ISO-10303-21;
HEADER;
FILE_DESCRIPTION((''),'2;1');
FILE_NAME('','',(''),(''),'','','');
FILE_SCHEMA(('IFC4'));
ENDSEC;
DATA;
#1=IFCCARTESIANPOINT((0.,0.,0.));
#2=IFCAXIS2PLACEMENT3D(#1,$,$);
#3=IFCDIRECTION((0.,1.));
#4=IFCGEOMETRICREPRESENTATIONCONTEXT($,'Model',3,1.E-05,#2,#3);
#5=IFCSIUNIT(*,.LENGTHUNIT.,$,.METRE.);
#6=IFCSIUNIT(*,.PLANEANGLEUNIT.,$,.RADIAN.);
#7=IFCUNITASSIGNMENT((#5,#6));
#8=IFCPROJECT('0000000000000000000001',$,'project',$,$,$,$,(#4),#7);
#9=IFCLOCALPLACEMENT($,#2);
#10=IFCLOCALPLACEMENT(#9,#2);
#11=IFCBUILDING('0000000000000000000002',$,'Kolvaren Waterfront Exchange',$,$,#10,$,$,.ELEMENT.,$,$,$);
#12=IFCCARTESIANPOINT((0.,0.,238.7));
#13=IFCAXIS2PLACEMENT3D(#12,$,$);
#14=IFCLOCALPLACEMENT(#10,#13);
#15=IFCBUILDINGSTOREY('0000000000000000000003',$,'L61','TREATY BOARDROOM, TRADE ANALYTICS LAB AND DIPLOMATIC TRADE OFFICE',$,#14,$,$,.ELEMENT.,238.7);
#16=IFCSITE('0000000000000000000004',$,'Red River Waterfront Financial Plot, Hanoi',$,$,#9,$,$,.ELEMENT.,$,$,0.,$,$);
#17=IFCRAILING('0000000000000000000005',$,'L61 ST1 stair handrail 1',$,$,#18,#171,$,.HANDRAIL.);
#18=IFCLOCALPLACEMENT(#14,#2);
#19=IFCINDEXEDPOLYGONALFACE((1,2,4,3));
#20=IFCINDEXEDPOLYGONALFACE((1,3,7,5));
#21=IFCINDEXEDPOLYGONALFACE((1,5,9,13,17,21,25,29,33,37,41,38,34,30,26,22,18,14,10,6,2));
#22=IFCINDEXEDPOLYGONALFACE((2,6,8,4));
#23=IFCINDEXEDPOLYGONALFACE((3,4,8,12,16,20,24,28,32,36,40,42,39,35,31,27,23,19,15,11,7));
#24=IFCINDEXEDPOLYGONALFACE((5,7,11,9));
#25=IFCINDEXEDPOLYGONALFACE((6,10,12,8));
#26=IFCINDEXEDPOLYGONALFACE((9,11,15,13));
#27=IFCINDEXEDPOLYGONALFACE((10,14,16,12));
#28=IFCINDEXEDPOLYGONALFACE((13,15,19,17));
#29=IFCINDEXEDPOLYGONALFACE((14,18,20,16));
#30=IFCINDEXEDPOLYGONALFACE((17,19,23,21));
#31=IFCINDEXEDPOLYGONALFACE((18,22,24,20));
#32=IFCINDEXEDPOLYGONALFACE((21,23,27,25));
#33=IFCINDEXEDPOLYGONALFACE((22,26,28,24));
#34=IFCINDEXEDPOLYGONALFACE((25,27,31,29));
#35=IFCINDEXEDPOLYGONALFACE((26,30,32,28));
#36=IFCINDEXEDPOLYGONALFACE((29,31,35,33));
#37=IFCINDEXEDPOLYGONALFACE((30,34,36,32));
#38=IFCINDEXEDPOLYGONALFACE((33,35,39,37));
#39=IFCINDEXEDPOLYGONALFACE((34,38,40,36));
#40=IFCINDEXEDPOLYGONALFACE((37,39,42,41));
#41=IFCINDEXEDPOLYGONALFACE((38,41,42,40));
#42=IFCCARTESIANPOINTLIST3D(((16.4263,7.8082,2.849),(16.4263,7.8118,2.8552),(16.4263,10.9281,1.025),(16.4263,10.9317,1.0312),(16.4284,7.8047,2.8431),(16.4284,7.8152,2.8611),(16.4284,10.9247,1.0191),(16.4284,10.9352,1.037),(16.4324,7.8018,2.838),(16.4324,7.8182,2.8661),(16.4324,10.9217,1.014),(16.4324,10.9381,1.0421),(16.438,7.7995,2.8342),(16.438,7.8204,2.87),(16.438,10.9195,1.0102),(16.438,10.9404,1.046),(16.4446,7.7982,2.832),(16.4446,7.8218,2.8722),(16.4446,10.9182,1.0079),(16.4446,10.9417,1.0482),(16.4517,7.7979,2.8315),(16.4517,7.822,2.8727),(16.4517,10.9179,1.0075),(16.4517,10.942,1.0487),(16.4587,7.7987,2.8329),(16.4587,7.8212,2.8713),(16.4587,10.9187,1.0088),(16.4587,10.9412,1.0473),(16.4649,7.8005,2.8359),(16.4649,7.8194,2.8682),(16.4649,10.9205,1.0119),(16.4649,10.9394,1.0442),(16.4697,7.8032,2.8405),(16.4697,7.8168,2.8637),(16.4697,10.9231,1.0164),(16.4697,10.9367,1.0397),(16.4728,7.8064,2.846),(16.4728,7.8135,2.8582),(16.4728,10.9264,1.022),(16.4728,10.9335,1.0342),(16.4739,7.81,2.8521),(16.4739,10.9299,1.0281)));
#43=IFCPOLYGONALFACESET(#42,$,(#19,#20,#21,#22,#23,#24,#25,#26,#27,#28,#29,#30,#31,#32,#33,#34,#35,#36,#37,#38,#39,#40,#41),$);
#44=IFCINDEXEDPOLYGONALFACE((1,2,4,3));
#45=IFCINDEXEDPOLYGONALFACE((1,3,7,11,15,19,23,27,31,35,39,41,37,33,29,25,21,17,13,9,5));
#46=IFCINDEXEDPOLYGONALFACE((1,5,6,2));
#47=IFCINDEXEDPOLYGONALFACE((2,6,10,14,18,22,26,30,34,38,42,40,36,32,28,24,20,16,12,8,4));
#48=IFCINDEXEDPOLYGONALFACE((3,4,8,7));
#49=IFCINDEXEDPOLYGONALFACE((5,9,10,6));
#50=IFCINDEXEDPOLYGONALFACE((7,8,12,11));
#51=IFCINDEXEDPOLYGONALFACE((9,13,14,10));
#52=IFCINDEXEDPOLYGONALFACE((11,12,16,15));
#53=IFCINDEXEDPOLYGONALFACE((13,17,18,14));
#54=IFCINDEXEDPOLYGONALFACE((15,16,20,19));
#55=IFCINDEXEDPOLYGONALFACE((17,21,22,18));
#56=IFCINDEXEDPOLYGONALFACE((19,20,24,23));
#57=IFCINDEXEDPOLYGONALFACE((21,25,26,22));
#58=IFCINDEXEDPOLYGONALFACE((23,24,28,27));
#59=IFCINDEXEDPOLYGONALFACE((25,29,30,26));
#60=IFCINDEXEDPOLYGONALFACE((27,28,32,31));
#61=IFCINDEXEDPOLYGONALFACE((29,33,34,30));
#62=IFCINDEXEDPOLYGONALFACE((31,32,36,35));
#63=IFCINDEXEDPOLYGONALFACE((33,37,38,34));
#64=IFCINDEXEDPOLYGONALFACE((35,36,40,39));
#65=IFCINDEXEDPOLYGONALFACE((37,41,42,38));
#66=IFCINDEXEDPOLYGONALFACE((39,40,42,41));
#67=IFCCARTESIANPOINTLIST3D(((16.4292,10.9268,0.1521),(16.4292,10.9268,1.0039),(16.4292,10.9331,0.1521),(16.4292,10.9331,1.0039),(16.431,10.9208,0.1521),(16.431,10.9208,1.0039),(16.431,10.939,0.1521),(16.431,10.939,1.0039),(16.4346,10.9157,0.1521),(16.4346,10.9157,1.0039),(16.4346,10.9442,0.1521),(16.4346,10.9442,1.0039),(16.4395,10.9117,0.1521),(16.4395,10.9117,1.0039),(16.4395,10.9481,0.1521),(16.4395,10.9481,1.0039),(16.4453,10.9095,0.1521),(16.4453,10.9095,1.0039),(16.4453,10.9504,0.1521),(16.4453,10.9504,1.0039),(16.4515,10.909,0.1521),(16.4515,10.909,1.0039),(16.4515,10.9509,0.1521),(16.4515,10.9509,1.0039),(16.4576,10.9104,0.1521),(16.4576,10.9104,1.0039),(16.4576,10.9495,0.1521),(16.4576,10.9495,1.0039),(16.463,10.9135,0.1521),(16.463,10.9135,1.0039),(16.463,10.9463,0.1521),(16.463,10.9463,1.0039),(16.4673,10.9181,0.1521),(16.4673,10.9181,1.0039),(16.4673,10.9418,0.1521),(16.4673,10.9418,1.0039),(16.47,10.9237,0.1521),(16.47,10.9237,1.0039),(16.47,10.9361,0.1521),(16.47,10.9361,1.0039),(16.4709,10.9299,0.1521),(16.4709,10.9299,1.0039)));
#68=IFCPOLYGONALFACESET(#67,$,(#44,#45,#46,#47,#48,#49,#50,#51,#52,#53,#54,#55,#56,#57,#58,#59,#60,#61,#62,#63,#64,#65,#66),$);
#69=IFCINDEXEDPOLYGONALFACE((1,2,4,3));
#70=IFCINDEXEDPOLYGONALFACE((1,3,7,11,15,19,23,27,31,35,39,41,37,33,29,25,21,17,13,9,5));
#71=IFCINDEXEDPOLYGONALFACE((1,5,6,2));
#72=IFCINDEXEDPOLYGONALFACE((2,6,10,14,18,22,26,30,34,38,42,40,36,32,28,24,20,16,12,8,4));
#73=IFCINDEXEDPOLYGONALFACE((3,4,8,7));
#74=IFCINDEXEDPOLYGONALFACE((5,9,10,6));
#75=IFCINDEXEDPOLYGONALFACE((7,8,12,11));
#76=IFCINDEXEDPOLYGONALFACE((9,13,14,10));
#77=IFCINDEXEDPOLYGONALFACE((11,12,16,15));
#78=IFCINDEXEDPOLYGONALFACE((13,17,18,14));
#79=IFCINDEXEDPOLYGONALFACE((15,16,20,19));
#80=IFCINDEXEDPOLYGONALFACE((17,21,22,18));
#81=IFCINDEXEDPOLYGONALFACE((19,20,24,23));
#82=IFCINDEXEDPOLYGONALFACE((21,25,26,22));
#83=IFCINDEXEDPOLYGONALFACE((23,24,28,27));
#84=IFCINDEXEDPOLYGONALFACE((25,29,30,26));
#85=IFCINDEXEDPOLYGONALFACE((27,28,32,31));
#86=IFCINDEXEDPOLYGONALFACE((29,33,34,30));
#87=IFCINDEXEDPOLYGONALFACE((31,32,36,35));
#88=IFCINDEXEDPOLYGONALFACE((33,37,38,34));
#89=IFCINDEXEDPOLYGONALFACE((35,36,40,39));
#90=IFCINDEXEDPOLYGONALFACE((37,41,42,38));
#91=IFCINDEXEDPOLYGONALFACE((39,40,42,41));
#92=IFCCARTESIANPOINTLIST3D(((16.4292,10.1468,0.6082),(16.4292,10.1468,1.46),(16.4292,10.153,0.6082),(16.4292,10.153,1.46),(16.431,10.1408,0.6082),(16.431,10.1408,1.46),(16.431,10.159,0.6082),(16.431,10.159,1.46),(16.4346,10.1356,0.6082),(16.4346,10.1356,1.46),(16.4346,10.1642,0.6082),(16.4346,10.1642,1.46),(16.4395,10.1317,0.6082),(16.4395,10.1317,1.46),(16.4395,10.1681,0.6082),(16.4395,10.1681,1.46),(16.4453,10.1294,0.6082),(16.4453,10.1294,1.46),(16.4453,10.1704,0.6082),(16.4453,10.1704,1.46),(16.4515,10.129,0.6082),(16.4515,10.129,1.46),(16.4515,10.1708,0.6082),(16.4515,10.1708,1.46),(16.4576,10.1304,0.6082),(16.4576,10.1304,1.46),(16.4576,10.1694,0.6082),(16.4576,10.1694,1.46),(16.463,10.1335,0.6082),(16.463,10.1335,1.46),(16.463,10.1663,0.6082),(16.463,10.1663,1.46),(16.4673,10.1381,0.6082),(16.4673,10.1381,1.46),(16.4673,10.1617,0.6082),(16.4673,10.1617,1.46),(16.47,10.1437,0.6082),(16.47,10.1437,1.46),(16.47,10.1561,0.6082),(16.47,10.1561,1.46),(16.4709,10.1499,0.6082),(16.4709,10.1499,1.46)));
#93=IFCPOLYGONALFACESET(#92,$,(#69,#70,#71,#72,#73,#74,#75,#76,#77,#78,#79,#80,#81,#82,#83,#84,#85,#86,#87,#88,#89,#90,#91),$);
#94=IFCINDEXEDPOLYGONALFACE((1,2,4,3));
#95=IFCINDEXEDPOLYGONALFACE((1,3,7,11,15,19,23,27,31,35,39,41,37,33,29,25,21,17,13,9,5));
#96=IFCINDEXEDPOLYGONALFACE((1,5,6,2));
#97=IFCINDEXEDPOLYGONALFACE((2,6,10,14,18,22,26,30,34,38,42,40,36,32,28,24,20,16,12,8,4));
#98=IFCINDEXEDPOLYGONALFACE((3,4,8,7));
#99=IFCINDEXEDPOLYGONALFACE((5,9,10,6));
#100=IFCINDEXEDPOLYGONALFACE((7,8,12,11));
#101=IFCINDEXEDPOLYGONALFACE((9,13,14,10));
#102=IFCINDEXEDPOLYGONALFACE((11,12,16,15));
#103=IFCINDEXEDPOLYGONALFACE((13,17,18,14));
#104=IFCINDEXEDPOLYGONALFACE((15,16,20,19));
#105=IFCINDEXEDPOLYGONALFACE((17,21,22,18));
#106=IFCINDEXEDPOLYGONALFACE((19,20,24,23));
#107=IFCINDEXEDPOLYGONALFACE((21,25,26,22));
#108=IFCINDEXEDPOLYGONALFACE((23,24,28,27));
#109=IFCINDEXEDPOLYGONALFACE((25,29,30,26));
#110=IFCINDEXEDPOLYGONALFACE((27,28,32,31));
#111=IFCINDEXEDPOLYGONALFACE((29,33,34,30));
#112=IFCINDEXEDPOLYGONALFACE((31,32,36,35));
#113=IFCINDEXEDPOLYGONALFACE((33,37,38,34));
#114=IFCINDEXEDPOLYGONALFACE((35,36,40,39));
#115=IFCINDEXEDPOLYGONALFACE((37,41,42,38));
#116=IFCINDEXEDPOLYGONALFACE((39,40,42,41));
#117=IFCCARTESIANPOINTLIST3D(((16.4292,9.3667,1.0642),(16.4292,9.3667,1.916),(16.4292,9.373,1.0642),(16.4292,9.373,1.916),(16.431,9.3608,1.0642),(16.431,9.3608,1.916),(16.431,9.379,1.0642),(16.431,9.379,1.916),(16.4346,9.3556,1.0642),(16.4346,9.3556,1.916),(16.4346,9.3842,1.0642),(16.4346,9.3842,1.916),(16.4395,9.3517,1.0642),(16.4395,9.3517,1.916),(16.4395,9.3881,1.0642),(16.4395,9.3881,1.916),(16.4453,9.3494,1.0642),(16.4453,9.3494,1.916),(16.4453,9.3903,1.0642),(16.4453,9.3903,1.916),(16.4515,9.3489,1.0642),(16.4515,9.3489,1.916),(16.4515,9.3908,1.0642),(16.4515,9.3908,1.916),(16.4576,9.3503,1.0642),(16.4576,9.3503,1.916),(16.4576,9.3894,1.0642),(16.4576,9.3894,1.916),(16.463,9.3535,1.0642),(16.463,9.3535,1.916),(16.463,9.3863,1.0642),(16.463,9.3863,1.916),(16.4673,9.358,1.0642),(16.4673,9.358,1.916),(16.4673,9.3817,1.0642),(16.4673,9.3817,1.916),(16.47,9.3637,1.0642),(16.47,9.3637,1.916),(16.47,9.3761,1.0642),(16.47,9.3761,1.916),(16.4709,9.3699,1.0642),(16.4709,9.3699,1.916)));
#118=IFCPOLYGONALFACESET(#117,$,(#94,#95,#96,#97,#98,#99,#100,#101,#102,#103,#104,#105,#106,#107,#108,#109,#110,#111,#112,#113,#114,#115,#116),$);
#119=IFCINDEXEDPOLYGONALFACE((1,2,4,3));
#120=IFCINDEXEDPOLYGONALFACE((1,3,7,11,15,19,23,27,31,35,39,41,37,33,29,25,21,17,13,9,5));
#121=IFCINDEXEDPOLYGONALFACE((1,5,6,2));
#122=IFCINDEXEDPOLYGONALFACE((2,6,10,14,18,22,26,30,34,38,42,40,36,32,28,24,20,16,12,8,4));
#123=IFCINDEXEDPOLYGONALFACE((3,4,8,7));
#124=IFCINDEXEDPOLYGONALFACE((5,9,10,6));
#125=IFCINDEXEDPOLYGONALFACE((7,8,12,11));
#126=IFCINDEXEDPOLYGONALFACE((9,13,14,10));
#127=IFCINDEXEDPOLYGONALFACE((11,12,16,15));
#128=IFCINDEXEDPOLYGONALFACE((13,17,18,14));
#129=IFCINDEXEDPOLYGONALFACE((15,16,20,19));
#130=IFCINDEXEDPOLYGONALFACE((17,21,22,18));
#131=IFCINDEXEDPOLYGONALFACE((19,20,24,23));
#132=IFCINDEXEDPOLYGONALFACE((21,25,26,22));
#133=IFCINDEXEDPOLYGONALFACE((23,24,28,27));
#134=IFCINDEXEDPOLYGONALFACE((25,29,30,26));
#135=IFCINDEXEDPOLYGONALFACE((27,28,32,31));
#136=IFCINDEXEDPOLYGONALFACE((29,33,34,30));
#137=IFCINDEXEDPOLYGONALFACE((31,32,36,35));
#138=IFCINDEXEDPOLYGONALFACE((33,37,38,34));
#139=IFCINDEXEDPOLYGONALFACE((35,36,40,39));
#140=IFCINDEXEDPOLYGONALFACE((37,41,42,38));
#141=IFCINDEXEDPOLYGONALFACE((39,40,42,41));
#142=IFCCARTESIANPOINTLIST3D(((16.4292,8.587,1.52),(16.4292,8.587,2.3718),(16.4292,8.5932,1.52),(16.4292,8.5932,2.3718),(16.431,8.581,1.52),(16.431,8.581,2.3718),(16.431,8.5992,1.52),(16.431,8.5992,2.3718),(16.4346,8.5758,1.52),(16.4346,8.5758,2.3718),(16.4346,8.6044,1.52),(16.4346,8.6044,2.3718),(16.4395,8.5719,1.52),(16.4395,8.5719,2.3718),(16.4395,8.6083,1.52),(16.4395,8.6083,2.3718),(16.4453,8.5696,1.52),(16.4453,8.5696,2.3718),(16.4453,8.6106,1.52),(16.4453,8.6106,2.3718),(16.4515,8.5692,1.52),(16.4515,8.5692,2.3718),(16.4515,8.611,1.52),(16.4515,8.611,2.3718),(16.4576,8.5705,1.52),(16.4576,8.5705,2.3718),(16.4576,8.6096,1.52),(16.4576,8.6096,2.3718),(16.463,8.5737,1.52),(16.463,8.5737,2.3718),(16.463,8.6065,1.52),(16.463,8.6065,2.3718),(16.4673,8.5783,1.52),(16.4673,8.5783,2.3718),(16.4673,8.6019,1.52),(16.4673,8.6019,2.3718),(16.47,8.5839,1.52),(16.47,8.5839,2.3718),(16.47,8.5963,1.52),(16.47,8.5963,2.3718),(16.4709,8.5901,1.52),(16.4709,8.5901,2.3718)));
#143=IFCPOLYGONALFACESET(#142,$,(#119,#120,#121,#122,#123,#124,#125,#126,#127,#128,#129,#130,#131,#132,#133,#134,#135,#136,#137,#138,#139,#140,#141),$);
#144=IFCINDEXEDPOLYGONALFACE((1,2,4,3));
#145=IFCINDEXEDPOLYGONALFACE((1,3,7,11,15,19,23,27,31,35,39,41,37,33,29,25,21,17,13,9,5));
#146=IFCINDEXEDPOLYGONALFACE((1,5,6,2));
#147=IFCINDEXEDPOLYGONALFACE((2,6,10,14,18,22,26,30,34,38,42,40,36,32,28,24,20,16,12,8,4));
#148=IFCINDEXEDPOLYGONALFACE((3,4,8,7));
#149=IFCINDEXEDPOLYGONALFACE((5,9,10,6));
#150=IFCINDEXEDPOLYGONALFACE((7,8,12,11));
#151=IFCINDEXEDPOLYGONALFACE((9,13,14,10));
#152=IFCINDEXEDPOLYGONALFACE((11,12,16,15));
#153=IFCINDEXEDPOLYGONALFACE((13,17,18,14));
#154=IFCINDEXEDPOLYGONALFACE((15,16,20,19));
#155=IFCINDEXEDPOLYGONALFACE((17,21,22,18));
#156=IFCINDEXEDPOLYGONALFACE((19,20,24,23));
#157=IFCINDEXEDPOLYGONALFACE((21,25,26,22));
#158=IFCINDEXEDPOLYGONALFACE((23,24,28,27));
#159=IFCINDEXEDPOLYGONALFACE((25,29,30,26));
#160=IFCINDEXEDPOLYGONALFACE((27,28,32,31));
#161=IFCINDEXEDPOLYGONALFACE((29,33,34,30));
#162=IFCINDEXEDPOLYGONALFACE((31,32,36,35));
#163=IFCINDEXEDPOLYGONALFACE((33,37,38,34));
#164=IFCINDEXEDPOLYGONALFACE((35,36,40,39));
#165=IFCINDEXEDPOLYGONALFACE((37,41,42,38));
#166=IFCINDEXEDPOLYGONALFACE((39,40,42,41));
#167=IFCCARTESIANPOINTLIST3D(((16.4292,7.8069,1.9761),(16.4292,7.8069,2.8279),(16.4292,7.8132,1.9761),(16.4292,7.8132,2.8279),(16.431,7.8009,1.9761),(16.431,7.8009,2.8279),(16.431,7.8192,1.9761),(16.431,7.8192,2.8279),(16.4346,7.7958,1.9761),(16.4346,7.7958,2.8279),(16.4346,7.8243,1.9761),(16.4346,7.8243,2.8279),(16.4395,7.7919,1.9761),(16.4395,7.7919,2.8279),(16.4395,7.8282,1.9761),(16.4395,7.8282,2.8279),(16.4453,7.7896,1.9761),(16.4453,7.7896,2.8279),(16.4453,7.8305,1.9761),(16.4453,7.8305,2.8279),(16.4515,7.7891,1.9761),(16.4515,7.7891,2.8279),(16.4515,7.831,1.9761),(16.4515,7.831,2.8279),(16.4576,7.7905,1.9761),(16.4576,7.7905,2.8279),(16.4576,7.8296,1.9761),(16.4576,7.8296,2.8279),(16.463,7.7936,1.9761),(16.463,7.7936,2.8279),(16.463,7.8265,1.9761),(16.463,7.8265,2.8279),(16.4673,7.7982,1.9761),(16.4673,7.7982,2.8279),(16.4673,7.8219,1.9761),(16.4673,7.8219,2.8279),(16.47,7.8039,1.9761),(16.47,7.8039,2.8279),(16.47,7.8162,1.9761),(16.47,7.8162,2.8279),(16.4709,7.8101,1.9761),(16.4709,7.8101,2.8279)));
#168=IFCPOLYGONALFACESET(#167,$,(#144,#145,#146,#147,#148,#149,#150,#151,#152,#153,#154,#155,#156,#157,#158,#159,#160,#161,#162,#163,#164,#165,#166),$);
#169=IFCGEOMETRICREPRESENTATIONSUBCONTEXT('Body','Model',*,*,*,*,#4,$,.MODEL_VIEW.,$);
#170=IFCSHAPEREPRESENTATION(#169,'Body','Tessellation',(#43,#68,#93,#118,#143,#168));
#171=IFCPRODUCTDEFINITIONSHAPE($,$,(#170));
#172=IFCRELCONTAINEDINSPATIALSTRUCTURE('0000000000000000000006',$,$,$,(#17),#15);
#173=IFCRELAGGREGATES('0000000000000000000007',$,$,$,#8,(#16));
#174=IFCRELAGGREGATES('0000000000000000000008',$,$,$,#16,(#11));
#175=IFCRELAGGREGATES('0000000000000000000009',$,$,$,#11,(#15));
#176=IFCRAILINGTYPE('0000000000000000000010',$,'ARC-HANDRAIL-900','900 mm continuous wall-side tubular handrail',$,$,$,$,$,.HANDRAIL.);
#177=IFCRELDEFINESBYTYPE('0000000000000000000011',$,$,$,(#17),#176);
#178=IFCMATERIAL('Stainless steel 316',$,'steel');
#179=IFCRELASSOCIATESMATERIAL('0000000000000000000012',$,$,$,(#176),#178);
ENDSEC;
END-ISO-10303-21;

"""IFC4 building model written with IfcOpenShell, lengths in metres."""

from ifc_helpers import new_model, si_unit, direction, frame, origin, origin_2d, place, context, subcontext, project, spatial, circle, extrude, material, type_object, element, save


model = new_model("IFC4")

# Units and contexts
model_context = context("Model", 3, precision=1e-05, world=origin(), true_north=direction((0.0, 1.0)))
body_context = subcontext(model_context, "Body", "Model", "MODEL_VIEW")
ifc_project = project(units=[si_unit("LENGTHUNIT", "METRE"), si_unit("PLANEANGLEUNIT", "RADIAN")], contexts=[model_context])

# Site, building, storey
site_placement = place(None, origin())
site = spatial("IfcSite", under=ifc_project, at=site_placement, Name="Red River Waterfront Financial Plot, Hanoi", CompositionType="ELEMENT", RefElevation=0.0)
building_placement = place(site_placement, origin())
building = spatial("IfcBuilding", under=site, at=building_placement, Name="Kolvaren Waterfront Exchange", CompositionType="ELEMENT")
storey_placement = place(building_placement, frame((0.0, 0.0, 238.7)))
storey = spatial("IfcBuildingStorey", under=building, at=storey_placement, Name="L61", Description="TREATY BOARDROOM, TRADE ANALYTICS LAB AND DIPLOMATIC TRADE OFFICE", CompositionType="ELEMENT", Elevation=238.7)

# Railing
ifc_material_1 = material(Name="Stainless steel 316", Category="steel")
railing_type = type_object("IfcRailingType", Name="ARC-HANDRAIL-900", Description="900 mm continuous wall-side tubular handrail", PredefinedType="HANDRAIL", material=ifc_material_1)
railing_placement = place(storey_placement, frame((16.45, 10.9299, 0.1521)))
element("IfcRailing", 1, at=railing_placement, inside=storey, type_object=railing_type, Name="L61 ST1 stair handrail 1", PredefinedType="HANDRAIL", context=body_context, shape_type="SweptSolid", body=[
    extrude(circle(Radius=0.0239, at=origin_2d()), frame((0.0, 0.0, 0.876), z_axis=(0.0, -0.863291, 0.504707), x_axis=(1.0, 0.0, 0.0)), (0.0, 0.0, 1.0), 3.614),
    extrude(circle(Radius=0.021, at=origin_2d()), origin(), (0.0, 0.0, 1.0), 0.8518),
    extrude(circle(Radius=0.021, at=origin_2d()), frame((0.0, -0.78, 0.4561)), (0.0, 0.0, 1.0), 0.8518),
    extrude(circle(Radius=0.021, at=origin_2d()), frame((0.0, -1.5601, 0.9121)), (0.0, 0.0, 1.0), 0.8518),
    extrude(circle(Radius=0.021, at=origin_2d()), frame((0.0, -2.3398, 1.3679)), (0.0, 0.0, 1.0), 0.8518),
    extrude(circle(Radius=0.021, at=origin_2d()), frame((0.0, -3.1199, 1.824)), (0.0, 0.0, 1.0), 0.8518),
])

save(model, "model.ifc")
